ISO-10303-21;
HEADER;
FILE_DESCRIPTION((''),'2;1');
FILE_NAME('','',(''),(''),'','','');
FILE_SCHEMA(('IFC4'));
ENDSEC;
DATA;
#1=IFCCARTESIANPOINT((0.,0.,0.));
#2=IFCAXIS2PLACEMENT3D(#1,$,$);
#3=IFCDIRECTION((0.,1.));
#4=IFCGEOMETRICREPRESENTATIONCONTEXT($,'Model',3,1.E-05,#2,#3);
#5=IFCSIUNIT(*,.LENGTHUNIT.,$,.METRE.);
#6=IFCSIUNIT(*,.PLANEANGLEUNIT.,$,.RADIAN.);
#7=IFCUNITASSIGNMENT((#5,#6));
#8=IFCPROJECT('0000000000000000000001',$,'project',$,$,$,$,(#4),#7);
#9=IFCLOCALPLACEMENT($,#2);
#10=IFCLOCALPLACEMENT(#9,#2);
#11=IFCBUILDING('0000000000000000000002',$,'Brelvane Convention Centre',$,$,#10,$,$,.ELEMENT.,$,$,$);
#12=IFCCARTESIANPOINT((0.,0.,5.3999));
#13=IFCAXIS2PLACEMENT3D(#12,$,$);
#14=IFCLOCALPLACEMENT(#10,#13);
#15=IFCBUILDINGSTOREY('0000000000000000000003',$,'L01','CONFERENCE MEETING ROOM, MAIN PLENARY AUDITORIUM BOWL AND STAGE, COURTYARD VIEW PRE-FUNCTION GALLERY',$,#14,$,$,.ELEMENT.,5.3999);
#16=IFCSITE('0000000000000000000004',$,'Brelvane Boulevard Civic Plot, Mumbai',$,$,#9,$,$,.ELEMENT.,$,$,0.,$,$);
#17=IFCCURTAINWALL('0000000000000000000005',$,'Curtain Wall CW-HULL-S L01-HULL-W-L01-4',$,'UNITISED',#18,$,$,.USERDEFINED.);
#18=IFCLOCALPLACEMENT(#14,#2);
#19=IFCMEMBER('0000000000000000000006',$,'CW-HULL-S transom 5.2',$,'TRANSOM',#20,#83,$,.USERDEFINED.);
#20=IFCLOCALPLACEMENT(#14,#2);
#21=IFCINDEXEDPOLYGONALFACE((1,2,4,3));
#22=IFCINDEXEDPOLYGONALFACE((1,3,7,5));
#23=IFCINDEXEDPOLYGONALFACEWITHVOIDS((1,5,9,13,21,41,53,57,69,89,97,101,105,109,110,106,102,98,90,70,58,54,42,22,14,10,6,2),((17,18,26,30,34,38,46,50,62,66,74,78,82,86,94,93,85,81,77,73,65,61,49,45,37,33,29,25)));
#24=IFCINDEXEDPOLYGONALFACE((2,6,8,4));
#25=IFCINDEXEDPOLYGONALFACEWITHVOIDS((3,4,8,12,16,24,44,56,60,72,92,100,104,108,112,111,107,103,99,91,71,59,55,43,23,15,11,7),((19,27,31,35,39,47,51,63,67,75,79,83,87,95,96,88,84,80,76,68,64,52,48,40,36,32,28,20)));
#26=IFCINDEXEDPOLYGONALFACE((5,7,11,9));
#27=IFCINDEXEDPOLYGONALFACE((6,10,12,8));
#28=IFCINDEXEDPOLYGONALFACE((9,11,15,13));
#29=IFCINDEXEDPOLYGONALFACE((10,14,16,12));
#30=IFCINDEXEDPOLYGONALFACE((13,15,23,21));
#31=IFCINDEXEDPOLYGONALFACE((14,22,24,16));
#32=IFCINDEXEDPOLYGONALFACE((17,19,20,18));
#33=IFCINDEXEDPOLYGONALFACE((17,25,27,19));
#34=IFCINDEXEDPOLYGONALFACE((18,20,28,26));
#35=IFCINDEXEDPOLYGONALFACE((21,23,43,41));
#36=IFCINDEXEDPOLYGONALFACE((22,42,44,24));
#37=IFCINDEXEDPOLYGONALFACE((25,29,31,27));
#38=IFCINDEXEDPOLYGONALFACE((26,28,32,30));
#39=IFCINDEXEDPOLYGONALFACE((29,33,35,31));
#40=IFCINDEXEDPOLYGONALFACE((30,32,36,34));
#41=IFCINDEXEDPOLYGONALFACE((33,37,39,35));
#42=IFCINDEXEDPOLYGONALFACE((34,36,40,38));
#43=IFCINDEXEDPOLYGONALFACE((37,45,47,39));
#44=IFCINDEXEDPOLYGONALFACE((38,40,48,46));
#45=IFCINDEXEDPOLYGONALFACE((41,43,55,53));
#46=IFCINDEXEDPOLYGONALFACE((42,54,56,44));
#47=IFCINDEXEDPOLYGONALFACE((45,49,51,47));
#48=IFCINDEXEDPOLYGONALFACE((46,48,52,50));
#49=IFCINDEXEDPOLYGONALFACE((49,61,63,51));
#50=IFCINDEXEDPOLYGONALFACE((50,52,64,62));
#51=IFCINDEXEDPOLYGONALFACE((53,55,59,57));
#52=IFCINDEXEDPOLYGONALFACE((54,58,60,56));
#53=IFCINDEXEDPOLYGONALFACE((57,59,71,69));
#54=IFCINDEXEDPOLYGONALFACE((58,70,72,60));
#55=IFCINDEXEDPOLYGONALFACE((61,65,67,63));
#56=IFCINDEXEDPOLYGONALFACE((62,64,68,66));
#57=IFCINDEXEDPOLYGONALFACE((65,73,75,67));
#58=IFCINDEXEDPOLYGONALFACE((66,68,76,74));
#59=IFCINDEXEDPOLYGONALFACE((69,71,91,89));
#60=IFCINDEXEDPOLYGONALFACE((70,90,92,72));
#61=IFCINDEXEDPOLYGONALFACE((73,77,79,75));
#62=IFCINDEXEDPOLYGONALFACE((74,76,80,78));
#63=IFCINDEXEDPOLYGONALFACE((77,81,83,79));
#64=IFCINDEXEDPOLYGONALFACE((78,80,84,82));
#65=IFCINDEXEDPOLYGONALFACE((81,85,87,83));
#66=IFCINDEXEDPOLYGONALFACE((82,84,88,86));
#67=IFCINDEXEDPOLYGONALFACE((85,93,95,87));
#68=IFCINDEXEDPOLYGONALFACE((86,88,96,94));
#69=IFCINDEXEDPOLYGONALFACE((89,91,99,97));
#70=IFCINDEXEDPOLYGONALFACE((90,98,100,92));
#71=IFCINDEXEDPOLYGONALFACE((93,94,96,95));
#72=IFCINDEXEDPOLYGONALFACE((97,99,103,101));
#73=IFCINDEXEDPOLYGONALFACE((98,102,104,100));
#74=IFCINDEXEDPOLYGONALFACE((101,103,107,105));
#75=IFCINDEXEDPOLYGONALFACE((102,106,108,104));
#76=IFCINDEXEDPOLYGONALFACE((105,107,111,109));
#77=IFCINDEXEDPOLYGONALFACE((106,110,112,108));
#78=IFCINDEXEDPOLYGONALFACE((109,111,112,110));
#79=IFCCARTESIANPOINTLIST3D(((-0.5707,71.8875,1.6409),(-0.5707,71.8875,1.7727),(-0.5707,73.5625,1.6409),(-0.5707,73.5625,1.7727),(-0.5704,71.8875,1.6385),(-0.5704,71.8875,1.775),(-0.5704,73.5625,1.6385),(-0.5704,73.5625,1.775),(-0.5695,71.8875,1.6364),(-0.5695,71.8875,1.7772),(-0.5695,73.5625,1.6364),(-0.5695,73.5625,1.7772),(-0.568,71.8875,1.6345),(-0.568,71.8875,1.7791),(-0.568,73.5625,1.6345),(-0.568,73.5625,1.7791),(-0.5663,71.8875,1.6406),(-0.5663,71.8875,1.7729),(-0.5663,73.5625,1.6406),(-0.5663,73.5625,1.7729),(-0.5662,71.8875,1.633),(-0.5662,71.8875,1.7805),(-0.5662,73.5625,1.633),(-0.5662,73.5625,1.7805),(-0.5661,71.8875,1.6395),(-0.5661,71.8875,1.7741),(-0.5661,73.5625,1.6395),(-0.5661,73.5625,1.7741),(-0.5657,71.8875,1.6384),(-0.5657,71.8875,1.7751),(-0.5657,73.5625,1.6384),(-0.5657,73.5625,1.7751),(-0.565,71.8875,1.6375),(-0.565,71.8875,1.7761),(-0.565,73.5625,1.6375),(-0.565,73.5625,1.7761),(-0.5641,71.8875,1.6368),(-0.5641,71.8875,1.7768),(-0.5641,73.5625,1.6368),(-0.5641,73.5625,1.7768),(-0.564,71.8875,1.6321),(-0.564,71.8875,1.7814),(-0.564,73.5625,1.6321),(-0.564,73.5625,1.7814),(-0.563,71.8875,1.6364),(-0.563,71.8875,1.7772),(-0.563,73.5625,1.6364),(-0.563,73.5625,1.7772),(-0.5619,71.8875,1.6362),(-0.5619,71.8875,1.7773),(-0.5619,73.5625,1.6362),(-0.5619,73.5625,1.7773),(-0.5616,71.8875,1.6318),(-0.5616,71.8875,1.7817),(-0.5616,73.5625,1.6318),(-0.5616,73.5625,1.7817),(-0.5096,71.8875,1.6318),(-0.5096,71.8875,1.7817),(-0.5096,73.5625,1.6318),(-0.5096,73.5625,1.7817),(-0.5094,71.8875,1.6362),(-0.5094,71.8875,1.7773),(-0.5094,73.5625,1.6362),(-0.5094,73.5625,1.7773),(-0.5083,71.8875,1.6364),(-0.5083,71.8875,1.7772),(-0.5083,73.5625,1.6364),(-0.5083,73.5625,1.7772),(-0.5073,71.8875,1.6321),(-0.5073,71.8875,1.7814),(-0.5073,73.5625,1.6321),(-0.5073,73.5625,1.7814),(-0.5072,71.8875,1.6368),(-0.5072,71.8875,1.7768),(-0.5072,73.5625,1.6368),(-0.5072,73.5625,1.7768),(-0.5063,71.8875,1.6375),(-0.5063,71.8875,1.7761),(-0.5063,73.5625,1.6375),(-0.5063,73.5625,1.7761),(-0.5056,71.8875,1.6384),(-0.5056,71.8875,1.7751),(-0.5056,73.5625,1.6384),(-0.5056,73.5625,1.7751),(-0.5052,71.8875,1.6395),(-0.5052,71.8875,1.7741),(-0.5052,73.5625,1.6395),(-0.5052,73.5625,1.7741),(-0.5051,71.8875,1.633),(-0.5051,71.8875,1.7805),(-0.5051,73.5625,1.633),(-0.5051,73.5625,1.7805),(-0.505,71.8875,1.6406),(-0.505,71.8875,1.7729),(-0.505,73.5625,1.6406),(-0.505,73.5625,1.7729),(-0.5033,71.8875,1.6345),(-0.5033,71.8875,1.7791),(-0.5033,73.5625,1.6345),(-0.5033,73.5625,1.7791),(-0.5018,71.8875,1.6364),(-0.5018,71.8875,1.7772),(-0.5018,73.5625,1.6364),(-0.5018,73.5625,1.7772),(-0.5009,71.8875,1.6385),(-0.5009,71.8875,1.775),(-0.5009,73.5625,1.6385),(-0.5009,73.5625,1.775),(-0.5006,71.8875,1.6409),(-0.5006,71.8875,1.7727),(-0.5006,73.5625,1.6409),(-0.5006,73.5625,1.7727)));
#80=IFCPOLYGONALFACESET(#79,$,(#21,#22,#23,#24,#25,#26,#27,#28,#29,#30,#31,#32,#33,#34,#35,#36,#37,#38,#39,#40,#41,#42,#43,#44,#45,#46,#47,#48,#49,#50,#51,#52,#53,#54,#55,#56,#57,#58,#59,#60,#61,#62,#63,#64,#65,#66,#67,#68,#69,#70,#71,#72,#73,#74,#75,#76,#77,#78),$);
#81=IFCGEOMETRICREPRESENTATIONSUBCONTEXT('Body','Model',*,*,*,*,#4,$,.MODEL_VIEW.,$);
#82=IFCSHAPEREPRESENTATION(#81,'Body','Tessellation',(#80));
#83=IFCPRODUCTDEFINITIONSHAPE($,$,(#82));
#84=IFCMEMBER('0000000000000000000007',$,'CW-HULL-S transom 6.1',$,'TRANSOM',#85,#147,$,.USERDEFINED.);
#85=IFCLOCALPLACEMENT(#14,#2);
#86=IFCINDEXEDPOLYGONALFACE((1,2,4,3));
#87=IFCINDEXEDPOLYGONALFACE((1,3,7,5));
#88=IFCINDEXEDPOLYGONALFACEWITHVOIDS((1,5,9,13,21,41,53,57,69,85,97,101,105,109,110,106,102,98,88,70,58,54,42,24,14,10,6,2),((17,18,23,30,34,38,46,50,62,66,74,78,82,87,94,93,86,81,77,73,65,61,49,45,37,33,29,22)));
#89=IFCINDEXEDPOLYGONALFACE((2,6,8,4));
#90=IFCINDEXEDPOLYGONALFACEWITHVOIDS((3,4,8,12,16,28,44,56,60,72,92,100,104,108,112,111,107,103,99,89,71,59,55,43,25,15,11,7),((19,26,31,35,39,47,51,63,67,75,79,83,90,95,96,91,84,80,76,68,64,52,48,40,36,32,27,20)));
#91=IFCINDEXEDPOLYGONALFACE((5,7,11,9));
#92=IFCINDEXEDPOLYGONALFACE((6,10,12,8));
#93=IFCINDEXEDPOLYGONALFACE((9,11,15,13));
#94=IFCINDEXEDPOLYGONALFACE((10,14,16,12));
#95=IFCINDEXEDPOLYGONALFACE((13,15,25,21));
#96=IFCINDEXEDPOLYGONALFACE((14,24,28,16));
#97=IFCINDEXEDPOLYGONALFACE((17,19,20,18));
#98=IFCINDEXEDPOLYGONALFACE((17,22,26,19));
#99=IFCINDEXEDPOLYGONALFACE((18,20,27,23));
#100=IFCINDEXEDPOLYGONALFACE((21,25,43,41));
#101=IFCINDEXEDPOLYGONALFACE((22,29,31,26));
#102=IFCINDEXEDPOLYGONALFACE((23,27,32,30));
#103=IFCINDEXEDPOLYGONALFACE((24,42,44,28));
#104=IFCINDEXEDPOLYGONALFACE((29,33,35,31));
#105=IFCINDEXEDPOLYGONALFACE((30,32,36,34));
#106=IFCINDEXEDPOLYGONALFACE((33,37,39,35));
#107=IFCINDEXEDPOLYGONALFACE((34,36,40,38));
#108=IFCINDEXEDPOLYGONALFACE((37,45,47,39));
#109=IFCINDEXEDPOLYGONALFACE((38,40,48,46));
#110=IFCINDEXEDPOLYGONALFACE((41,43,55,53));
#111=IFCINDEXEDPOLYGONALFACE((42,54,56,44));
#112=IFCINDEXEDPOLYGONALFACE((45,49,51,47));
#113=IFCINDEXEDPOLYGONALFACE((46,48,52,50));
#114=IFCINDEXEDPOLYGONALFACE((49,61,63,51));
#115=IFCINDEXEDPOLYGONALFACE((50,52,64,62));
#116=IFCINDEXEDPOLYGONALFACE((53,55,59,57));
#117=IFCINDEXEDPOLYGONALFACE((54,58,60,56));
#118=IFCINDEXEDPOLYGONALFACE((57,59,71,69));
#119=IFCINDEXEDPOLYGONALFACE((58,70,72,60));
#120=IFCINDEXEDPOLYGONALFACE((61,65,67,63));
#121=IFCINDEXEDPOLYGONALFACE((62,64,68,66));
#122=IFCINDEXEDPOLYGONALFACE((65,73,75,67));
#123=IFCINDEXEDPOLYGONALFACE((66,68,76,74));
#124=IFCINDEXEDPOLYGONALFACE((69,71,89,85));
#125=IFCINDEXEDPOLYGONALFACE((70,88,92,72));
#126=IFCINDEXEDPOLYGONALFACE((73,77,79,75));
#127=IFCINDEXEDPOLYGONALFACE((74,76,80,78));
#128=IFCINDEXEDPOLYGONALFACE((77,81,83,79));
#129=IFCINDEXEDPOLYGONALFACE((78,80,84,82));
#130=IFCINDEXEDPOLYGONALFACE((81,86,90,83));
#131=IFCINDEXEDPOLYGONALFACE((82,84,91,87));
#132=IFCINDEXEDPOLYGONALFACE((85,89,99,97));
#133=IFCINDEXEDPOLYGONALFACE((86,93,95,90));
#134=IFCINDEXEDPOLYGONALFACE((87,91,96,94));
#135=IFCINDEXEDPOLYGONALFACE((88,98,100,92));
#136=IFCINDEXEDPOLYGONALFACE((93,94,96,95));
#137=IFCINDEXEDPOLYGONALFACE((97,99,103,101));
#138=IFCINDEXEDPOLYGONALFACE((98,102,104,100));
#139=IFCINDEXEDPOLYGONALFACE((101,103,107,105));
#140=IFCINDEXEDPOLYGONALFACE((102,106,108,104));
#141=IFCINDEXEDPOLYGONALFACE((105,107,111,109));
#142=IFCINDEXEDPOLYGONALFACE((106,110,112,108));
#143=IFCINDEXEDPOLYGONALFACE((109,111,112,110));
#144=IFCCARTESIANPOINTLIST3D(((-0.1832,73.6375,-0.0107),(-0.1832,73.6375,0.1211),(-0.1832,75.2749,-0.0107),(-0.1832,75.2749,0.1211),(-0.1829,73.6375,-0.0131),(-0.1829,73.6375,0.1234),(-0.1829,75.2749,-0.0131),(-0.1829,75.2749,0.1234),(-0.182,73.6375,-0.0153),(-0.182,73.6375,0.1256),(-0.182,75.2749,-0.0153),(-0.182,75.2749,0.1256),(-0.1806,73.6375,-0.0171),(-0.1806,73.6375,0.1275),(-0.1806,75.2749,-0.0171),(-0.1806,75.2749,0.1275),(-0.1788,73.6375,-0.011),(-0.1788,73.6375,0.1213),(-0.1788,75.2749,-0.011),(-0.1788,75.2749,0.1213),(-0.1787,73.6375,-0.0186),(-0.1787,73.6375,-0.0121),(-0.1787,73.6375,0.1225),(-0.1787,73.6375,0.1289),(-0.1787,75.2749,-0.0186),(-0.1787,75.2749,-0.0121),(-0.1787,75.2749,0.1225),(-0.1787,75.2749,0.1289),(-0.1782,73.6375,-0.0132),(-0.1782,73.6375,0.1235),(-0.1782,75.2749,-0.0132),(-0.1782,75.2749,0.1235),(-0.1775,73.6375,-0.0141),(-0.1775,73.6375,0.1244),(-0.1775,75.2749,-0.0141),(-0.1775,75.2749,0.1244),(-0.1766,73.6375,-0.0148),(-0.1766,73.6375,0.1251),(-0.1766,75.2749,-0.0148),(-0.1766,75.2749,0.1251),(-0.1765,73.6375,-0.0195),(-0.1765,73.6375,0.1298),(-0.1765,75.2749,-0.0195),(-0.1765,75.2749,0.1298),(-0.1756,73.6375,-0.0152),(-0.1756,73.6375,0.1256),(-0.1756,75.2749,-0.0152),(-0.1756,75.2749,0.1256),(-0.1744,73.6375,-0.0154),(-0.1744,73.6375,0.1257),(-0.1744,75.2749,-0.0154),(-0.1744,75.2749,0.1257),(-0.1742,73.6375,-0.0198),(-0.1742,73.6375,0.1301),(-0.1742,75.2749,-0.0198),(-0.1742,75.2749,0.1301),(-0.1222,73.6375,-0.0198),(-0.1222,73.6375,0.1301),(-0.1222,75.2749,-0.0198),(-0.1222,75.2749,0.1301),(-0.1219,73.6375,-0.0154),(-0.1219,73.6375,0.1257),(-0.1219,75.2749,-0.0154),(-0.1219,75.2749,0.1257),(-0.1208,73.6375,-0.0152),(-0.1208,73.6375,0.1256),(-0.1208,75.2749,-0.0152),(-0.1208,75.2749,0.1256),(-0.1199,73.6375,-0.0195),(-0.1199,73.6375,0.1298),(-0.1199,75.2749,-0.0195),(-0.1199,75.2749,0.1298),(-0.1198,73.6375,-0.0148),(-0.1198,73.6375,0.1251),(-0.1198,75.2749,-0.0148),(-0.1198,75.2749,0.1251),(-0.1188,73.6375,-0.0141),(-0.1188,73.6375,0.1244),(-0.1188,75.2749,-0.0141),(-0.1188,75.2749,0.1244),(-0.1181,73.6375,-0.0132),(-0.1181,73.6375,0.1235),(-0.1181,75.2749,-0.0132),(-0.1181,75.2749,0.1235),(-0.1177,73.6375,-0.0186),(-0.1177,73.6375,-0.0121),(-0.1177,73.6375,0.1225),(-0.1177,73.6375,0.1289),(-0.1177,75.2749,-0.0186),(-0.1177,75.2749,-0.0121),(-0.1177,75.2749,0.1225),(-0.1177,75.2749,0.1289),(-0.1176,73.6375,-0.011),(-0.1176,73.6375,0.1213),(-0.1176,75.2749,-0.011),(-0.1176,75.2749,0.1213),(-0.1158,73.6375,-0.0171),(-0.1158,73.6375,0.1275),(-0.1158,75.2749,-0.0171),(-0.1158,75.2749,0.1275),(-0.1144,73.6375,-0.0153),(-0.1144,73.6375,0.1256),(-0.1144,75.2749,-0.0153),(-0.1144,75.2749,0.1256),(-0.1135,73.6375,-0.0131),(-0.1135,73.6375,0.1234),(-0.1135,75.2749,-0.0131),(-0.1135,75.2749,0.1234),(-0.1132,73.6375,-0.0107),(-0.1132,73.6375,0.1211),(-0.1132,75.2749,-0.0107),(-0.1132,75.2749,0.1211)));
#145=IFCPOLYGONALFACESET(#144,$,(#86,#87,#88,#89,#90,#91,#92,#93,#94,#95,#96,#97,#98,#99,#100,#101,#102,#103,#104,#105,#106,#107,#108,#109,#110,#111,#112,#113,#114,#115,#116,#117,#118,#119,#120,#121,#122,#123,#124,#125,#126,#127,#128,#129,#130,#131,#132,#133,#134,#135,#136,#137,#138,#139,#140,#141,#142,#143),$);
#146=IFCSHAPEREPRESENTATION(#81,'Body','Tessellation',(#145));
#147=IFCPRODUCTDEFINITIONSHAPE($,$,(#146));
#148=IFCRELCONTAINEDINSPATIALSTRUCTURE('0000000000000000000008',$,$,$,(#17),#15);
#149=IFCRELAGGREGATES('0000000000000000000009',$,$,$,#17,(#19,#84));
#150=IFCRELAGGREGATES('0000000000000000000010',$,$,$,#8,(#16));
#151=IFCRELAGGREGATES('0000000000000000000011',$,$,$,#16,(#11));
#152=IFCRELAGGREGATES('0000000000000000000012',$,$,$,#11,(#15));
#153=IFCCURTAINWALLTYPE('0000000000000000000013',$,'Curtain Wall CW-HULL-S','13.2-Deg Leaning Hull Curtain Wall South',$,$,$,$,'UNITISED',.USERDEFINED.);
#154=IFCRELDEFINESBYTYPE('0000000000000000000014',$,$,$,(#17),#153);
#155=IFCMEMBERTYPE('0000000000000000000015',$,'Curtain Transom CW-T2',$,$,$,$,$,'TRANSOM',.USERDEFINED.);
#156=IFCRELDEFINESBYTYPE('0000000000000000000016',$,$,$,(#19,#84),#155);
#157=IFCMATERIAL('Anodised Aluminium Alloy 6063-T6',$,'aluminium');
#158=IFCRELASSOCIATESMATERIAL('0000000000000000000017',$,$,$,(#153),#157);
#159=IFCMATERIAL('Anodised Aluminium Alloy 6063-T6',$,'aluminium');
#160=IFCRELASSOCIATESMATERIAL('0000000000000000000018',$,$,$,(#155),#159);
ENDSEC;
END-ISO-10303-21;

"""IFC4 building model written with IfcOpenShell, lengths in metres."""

from ifc_helpers import new_model, si_unit, direction, frame, origin, origin_2d, place, context, subcontext, project, spatial, hollow_rectangle, extrude, material, material_profile, profile_set, type_object, element, aggregate, save


model = new_model("IFC4")

# Units and contexts
model_context = context("Model", 3, precision=1e-05, world=origin(), true_north=direction((0.0, 1.0)))
body_context = subcontext(model_context, "Body", "Model", "MODEL_VIEW")
ifc_project = project(units=[si_unit("LENGTHUNIT", "METRE"), si_unit("PLANEANGLEUNIT", "RADIAN")], contexts=[model_context])

# Site, building, storey
site_placement = place(None, origin())
site = spatial("IfcSite", under=ifc_project, at=site_placement, Name="Brelvane Boulevard Civic Plot, Mumbai", CompositionType="ELEMENT", RefElevation=0.0)
building_placement = place(site_placement, origin())
building = spatial("IfcBuilding", under=site, at=building_placement, Name="Brelvane Convention Centre", CompositionType="ELEMENT")
storey_placement = place(building_placement, frame((0.0, 0.0, 5.3999)))
storey = spatial("IfcBuildingStorey", under=building, at=storey_placement, Name="L01", Description="CONFERENCE MEETING ROOM, MAIN PLENARY AUDITORIUM BOWL AND STAGE, COURTYARD VIEW PRE-FUNCTION GALLERY", CompositionType="ELEMENT", Elevation=5.3999)

# Curtain wall
ifc_material_1 = material(Name="Anodised Aluminium Alloy 6063-T6", Category="aluminium")
curtain_wall_type = type_object("IfcCurtainWallType", Name="Curtain Wall CW-HULL-S", Description="13.2-Deg Leaning Hull Curtain Wall South", ElementType="UNITISED", PredefinedType="USERDEFINED", material=ifc_material_1)
curtain_wall_1_placement = place(storey_placement, origin())
curtain_wall_1 = element("IfcCurtainWall", 1, at=curtain_wall_1_placement, inside=storey, type_object=curtain_wall_type, Name="Curtain Wall CW-HULL-S L01-HULL-W-L01-4", ObjectType="UNITISED", PredefinedType="USERDEFINED")

# Members
ifc_material_2 = material(Name="Anodised Aluminium Alloy 6063-T6", Category="aluminium")
ifc_material_profile_1 = material_profile(ifc_material_2, hollow_rectangle(XDim=0.0701, YDim=0.1499, WallThickness=0.0044, InnerFilletRadius=0.0044, OuterFilletRadius=0.009, at=origin_2d()), Name="ALU-T 150x70x4.5")
ifc_profile_set_1 = profile_set([ifc_material_profile_1], Name="Anodised Aluminium Alloy 6063-T6")
member_type_1 = type_object("IfcMemberType", Name="Curtain Transom CW-T2", ElementType="TRANSOM", PredefinedType="USERDEFINED", material=ifc_profile_set_1)
member_1_placement = place(storey_placement, frame((-0.5356, 71.8875, 1.7068), z_axis=(0.0, 1.0, 0.0), x_axis=(-1.0, 0.0, 0.0)))
member_1 = element("IfcMember", 2, at=member_1_placement, type_object=member_type_1, Name="CW-HULL-S transom 5.2", ObjectType="TRANSOM", PredefinedType="USERDEFINED", context=body_context, shape_type="SweptSolid", body=[
    extrude(hollow_rectangle(XDim=0.0701, YDim=0.1499, WallThickness=0.0044, InnerFilletRadius=0.0044, OuterFilletRadius=0.009, at=origin_2d()), origin(), (0.0, 0.0, 1.0), 1.675),
])
member_2_placement = place(storey_placement, frame((-0.1482, 73.6375, 0.0552), z_axis=(0.0, 1.0, 0.0), x_axis=(-1.0, 0.0, 0.0)))
member_2 = element("IfcMember", 3, at=member_2_placement, type_object=member_type_1, Name="CW-HULL-S transom 6.1", ObjectType="TRANSOM", PredefinedType="USERDEFINED", context=body_context, shape_type="SweptSolid", body=[
    extrude(hollow_rectangle(XDim=0.0701, YDim=0.1499, WallThickness=0.0044, InnerFilletRadius=0.0044, OuterFilletRadius=0.009, at=origin_2d()), origin(), (0.0, 0.0, 1.0), 1.6375),
])

aggregate(curtain_wall_1, [member_1, member_2])

save(model, "model.ifc")
